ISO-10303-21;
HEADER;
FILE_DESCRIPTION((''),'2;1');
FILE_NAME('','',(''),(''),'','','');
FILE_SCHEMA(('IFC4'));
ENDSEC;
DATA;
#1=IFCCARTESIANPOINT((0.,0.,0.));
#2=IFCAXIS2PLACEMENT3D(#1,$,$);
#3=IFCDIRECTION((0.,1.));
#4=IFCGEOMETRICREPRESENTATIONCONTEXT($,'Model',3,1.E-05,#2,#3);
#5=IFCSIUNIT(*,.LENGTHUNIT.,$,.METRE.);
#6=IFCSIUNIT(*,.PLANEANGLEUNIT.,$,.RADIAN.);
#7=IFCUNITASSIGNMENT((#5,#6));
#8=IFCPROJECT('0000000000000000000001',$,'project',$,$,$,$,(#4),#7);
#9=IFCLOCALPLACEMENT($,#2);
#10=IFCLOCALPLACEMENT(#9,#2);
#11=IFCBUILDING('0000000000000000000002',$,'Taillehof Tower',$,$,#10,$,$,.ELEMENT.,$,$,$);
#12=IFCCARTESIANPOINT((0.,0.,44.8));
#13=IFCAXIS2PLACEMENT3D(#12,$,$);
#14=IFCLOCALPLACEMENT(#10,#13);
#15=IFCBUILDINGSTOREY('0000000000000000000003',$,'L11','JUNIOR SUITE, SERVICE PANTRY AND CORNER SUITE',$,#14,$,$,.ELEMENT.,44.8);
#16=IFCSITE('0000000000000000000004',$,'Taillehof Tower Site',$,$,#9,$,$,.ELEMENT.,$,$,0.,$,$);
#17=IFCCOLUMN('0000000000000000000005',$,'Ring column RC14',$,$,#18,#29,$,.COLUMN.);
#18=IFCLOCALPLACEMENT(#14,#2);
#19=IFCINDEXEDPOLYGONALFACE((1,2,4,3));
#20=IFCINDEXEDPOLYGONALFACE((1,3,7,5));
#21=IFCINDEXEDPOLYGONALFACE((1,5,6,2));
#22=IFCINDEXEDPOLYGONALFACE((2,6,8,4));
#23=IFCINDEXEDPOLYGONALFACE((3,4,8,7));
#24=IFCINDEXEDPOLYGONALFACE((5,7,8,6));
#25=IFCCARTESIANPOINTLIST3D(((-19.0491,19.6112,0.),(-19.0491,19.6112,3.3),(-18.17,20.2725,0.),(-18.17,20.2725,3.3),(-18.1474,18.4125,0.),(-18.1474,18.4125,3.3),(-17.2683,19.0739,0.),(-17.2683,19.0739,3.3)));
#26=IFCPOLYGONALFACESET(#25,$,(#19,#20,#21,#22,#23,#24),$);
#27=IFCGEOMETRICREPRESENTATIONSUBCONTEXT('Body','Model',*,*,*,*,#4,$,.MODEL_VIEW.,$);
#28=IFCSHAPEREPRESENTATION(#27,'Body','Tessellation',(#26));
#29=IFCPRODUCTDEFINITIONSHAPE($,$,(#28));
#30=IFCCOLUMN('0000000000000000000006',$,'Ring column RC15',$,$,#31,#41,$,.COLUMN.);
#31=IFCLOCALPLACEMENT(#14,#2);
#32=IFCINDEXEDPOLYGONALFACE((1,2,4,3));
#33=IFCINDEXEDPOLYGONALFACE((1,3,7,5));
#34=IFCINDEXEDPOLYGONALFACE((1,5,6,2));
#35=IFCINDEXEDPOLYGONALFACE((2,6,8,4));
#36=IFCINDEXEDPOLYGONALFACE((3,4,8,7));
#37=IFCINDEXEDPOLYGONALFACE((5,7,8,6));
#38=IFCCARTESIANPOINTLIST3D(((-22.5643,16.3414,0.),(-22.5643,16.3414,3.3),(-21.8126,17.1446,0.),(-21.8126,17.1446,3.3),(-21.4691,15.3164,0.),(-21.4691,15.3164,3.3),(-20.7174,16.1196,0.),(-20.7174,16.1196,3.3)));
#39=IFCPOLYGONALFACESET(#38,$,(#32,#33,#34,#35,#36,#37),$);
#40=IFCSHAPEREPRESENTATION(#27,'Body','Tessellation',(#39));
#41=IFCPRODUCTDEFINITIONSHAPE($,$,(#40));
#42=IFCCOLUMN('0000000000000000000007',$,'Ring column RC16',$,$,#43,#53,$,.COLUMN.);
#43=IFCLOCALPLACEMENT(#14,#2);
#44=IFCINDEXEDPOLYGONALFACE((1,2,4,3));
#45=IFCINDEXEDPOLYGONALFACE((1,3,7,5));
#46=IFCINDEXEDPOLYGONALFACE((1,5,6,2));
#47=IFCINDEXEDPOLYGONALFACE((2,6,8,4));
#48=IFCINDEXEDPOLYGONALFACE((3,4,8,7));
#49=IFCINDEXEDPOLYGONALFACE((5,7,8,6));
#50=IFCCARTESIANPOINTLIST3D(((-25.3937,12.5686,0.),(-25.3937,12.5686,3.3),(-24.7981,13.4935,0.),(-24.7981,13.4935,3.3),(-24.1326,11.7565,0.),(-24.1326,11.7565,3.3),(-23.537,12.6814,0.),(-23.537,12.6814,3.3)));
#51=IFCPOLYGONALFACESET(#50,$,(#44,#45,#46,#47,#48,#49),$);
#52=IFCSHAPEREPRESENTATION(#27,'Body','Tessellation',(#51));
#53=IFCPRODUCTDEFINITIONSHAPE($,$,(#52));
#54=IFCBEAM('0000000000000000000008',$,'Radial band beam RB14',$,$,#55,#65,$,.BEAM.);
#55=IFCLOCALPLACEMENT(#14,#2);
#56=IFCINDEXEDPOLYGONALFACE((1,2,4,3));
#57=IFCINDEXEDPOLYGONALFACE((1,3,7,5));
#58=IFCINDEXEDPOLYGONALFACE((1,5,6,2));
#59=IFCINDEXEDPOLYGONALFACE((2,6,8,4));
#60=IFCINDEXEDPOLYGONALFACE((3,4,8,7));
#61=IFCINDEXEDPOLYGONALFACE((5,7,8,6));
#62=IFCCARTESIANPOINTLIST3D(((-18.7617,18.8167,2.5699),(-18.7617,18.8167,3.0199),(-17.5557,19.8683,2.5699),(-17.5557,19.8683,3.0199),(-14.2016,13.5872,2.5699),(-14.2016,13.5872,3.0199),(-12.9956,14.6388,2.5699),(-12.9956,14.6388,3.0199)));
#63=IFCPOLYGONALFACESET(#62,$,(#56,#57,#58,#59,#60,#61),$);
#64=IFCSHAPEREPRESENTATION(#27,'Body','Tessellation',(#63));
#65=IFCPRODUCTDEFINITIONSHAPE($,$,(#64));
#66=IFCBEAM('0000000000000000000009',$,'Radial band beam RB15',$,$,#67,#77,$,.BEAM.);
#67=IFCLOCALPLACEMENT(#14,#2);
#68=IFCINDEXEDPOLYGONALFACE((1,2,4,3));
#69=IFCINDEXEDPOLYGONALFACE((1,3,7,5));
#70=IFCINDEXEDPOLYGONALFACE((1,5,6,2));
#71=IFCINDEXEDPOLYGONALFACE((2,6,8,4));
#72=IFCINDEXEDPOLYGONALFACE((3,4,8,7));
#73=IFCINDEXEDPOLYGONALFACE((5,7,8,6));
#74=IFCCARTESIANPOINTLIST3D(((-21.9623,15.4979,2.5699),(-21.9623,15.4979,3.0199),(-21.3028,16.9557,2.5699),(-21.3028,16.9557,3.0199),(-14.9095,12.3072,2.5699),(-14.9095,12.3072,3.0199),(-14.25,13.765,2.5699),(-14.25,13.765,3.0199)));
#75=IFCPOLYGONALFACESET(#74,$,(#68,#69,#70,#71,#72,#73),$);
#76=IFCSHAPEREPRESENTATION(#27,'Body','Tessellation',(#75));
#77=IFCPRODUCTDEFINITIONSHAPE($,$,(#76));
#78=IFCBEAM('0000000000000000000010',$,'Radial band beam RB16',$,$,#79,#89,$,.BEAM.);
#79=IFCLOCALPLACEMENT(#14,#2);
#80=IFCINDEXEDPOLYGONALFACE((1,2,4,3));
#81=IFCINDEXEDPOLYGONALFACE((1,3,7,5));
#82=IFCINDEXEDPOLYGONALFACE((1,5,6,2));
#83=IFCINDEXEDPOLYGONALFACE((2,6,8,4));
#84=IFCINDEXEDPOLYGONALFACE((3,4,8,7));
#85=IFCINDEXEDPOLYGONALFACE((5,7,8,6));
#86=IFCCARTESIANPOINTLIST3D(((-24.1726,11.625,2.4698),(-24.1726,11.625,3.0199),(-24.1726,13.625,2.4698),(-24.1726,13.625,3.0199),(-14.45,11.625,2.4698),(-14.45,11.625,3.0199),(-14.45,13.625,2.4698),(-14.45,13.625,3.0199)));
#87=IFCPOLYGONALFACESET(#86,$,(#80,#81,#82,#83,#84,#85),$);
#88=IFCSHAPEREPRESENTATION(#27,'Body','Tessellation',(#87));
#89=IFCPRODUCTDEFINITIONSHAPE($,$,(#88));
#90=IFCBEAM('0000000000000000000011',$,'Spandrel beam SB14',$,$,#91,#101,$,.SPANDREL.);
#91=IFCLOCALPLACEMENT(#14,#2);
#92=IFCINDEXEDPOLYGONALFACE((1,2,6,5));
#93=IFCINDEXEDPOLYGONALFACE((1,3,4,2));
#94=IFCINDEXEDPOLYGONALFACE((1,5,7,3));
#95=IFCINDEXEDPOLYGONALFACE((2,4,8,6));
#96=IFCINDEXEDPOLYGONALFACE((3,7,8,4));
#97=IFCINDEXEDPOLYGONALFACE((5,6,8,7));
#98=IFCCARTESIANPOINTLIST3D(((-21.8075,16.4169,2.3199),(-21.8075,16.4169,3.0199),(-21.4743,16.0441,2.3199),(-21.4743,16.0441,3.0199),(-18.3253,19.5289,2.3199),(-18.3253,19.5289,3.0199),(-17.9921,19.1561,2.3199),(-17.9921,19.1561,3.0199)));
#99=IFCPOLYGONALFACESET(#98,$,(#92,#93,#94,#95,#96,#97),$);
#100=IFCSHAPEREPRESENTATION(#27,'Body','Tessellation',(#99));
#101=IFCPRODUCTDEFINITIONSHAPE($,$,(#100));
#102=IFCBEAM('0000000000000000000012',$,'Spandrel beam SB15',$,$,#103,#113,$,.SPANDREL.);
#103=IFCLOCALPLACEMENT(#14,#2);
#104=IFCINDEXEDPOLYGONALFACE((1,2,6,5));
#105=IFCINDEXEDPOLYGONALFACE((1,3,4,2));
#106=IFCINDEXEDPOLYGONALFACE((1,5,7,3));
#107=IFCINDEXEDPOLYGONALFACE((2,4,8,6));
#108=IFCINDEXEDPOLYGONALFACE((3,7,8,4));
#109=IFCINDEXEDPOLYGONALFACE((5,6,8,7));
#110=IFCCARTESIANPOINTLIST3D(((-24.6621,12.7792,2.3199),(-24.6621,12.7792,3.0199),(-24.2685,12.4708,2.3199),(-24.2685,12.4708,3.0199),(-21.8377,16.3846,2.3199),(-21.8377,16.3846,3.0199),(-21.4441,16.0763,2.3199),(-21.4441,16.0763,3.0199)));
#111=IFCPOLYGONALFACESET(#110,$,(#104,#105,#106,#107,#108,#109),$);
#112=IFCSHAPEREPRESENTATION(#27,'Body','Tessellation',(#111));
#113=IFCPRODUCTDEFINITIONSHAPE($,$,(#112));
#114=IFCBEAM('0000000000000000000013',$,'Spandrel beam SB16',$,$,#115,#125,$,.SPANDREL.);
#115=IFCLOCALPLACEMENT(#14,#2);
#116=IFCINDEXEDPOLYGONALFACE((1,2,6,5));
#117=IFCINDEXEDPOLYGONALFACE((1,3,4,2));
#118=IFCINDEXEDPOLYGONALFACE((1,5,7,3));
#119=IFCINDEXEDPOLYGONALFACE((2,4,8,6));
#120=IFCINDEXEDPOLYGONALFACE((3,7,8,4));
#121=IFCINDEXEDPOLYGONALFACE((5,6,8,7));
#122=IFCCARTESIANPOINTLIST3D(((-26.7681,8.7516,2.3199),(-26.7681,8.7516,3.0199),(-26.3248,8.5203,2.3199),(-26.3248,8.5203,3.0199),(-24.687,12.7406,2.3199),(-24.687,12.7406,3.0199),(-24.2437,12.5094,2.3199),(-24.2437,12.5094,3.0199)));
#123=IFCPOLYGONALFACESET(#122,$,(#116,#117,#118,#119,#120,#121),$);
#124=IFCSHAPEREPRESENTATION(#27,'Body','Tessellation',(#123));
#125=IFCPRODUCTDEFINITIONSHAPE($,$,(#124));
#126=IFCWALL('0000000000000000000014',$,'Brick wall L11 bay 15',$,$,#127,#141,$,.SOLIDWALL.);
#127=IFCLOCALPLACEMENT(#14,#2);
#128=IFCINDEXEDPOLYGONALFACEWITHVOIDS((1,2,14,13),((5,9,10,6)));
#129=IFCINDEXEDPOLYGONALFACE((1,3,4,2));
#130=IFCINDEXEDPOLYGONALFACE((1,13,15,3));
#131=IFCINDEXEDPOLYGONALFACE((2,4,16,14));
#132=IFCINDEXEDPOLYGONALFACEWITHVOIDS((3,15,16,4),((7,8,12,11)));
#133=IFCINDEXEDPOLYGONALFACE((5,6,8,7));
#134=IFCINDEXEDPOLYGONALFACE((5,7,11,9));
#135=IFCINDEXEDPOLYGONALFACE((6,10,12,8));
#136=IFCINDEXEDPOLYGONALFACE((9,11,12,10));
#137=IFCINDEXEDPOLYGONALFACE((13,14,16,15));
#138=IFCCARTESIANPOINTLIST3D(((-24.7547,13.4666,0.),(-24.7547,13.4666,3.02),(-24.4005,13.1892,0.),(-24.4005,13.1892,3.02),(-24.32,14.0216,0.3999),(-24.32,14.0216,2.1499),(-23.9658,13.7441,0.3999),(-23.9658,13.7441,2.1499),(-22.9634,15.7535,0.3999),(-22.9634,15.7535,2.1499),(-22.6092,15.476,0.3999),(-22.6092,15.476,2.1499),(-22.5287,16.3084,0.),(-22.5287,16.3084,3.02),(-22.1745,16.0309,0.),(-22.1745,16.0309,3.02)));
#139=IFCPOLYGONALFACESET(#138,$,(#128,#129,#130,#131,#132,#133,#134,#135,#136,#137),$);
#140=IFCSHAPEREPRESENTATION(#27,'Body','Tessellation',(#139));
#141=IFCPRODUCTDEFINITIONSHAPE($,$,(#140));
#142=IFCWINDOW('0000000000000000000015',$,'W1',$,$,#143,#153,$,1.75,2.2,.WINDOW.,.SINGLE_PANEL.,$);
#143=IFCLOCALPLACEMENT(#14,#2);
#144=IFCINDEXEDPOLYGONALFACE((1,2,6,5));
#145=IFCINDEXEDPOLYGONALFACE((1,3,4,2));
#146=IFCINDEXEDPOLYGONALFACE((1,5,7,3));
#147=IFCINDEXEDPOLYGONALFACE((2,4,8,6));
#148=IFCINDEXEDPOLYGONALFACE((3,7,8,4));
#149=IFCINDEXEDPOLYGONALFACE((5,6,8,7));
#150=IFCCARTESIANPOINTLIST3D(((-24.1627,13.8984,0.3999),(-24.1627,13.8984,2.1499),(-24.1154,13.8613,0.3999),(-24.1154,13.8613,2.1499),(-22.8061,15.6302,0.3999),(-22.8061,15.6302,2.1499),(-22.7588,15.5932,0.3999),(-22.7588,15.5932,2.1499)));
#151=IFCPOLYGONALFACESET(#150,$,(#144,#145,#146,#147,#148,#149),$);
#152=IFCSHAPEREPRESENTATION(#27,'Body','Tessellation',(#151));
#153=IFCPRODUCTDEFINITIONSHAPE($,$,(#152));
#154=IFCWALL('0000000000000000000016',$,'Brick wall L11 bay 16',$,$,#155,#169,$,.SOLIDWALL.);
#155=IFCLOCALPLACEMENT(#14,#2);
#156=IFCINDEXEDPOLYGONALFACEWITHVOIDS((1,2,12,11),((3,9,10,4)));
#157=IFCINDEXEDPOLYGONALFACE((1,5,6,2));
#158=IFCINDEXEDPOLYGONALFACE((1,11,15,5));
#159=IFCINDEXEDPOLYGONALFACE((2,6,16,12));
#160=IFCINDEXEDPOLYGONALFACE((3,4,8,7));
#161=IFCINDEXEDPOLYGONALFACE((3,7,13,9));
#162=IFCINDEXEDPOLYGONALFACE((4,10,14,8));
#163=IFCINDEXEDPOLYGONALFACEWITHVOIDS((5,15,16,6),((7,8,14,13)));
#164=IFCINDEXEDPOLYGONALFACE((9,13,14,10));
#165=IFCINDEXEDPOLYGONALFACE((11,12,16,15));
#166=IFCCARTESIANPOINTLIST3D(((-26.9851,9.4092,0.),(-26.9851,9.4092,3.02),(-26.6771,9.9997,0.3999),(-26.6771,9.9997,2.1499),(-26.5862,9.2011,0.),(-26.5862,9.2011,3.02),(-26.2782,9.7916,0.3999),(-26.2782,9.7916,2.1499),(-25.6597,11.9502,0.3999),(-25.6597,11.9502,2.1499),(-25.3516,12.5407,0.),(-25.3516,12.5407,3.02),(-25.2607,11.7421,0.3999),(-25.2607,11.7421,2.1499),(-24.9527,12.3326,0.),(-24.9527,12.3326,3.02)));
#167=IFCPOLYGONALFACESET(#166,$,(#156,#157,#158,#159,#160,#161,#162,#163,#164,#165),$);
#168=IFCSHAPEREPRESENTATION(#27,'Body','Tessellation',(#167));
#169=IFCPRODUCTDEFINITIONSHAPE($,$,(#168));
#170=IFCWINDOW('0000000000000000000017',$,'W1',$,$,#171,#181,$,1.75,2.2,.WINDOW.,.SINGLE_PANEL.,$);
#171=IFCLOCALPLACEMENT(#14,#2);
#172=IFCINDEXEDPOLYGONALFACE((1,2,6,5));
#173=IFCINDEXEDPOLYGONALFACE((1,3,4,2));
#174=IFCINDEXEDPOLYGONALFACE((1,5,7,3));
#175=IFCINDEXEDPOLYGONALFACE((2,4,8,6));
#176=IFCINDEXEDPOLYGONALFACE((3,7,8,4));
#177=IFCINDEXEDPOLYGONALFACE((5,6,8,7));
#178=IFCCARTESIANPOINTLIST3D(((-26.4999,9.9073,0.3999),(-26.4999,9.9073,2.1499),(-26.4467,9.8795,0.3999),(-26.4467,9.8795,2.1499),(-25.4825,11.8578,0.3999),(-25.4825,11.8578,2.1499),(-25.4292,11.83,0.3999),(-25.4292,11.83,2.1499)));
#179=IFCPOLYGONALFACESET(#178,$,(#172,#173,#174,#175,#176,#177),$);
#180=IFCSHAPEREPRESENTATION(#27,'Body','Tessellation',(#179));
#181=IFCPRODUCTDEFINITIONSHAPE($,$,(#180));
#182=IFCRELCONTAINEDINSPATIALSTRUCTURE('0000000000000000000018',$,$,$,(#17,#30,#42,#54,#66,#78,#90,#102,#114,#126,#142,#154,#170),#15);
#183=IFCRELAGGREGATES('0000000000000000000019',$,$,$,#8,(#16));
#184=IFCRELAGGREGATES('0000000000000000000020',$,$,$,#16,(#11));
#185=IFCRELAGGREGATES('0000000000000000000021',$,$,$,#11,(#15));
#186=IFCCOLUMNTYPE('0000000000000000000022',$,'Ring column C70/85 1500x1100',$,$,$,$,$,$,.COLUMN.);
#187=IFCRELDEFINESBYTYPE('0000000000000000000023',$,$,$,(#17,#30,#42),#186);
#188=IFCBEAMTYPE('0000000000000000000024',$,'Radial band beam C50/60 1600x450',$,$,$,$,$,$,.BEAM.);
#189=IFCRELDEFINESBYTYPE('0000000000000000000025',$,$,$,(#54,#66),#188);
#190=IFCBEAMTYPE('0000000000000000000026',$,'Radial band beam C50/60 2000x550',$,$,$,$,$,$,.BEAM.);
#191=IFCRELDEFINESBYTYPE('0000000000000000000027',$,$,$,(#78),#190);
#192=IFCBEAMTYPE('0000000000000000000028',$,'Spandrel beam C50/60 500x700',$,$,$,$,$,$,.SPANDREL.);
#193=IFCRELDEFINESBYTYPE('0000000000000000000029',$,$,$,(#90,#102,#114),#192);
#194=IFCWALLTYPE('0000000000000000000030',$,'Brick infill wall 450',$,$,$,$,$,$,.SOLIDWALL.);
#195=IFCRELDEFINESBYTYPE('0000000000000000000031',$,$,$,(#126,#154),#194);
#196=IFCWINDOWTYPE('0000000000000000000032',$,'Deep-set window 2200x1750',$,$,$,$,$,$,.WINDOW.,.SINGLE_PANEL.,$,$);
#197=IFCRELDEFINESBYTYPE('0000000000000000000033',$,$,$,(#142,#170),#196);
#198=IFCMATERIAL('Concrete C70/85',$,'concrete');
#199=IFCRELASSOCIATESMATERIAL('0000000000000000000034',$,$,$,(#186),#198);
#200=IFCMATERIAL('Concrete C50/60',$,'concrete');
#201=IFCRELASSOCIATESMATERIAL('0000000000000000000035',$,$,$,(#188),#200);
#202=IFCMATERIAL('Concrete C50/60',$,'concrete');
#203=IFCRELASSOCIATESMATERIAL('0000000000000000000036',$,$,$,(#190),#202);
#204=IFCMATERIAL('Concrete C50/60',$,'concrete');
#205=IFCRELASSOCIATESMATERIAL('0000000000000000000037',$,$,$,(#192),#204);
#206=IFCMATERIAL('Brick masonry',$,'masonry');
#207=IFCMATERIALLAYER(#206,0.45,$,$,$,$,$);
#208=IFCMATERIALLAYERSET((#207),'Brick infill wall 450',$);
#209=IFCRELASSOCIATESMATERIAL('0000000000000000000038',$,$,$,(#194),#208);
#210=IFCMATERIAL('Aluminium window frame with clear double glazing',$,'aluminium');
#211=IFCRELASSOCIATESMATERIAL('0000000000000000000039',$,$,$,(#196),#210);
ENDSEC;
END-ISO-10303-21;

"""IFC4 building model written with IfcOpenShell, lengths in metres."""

from ifc_helpers import new_model, si_unit, direction, frame, frame_2d, origin, origin_2d, place, context, subcontext, project, spatial, rectangle, extrude, material, layer, layer_set, material_profile, profile_set, type_object, element, fill, save


model = new_model("IFC4")

# Units and contexts
model_context = context("Model", 3, precision=1e-05, world=origin(), true_north=direction((0.0, 1.0)))
body_context = subcontext(model_context, "Body", "Model", "MODEL_VIEW")
ifc_project = project(units=[si_unit("LENGTHUNIT", "METRE"), si_unit("PLANEANGLEUNIT", "RADIAN")], contexts=[model_context])

# Site, building, storey
site_placement = place(None, origin())
site = spatial("IfcSite", under=ifc_project, at=site_placement, Name="Taillehof Tower Site", CompositionType="ELEMENT", RefElevation=0.0)
building_placement = place(site_placement, origin())
building = spatial("IfcBuilding", under=site, at=building_placement, Name="Taillehof Tower", CompositionType="ELEMENT")
storey_placement = place(building_placement, frame((0.0, 0.0, 44.8)))
storey = spatial("IfcBuildingStorey", under=building, at=storey_placement, Name="L11", Description="JUNIOR SUITE, SERVICE PANTRY AND CORNER SUITE", CompositionType="ELEMENT", Elevation=44.8)

# Columns
ifc_material_1 = material(Name="Concrete C70/85", Category="concrete")
ifc_material_profile_1 = material_profile(ifc_material_1, rectangle(XDim=1.5, YDim=1.1001, at=origin_2d()), Name="RC 1500x1100")
ifc_profile_set_1 = profile_set([ifc_material_profile_1], Name="Concrete C70/85")
column_type = type_object("IfcColumnType", Name="Ring column C70/85 1500x1100", PredefinedType="COLUMN", material=ifc_profile_set_1)
for number, where, z_axis, x_axis, name in (
    (1, (-18.1587, 19.3425, 0.0), (0.0, 0.0, 1.0), (-0.601174, 0.799118, 0.0), "Ring column RC14"),
    (2, (-21.6409, 16.2305, 0.0), (0.0, 0.0, 1.0), (-0.730113, 0.683326, 0.0), "Ring column RC15"),
    (3, (-24.4653, 12.625, 0.0), (0.0, 0.0, 1.0), (-0.840754, 0.541418, 0.0), "Ring column RC16"),
):
    element("IfcColumn", number, at=place(storey_placement, frame(where, z_axis=z_axis, x_axis=x_axis)), inside=storey, type_object=column_type, Name=name, PredefinedType="COLUMN", context=body_context, shape_type="SweptSolid", body=[
        extrude(rectangle(XDim=1.5, YDim=1.1001, at=origin_2d()), origin(), (0.0, 0.0, 1.0), 3.3),
    ])

# Beams
ifc_material_2 = material(Name="Concrete C50/60", Category="concrete")
ifc_material_profile_2 = material_profile(ifc_material_2, rectangle(XDim=1.6001, YDim=0.45, at=origin_2d()), Name="RC 1600x450")
ifc_profile_set_2 = profile_set([ifc_material_profile_2], Name="Concrete C50/60")
beam_type_1 = type_object("IfcBeamType", Name="Radial band beam C50/60 1600x450", PredefinedType="BEAM", material=ifc_profile_set_2)
beam_1_placement = place(storey_placement, frame((-18.1587, 19.3425, 2.7949), z_axis=(0.657218, -0.7537, 0.0), x_axis=(0.7537, 0.657218, 0.0)))
element("IfcBeam", 4, at=beam_1_placement, inside=storey, type_object=beam_type_1, Name="Radial band beam RB14", PredefinedType="BEAM", context=body_context, shape_type="SweptSolid", body=[
    extrude(rectangle(XDim=1.6001, YDim=0.45, at=origin_2d()), origin(), (0.0, 0.0, 1.0), 6.9385),
])
beam_2_placement = place(storey_placement, frame((-21.6326, 16.2268, 2.7949), z_axis=(0.911101, -0.412184, 0.0), x_axis=(0.412184, 0.911101, 0.0)))
element("IfcBeam", 5, at=beam_2_placement, inside=storey, type_object=beam_type_1, Name="Radial band beam RB15", PredefinedType="BEAM", context=body_context, shape_type="SweptSolid", body=[
    extrude(rectangle(XDim=1.6001, YDim=0.45, at=origin_2d()), origin(), (0.0, 0.0, 1.0), 7.741),
])
ifc_material_3 = material(Name="Concrete C50/60", Category="concrete")
ifc_material_profile_3 = material_profile(ifc_material_3, rectangle(XDim=2.0, YDim=0.55, at=origin_2d()), Name="RC 2000x550")
ifc_profile_set_3 = profile_set([ifc_material_profile_3], Name="Concrete C50/60")
beam_type_2 = type_object("IfcBeamType", Name="Radial band beam C50/60 2000x550", PredefinedType="BEAM", material=ifc_profile_set_3)
beam_3_placement = place(storey_placement, frame((-24.1726, 12.625, 2.7449), z_axis=(1.0, 0.0, 0.0), x_axis=(0.0, 1.0, 0.0)))
element("IfcBeam", 6, at=beam_3_placement, inside=storey, type_object=beam_type_2, Name="Radial band beam RB16", PredefinedType="BEAM", context=body_context, shape_type="SweptSolid", body=[
    extrude(rectangle(XDim=2.0, YDim=0.55, at=origin_2d()), origin(), (0.0, 0.0, 1.0), 9.7227),
])
ifc_material_4 = material(Name="Concrete C50/60", Category="concrete")
ifc_material_profile_4 = material_profile(ifc_material_4, rectangle(XDim=0.5, YDim=0.7, at=origin_2d()), Name="RC 500x700")
ifc_profile_set_4 = profile_set([ifc_material_profile_4], Name="Concrete C50/60")
beam_type_3 = type_object("IfcBeamType", Name="Spandrel beam C50/60 500x700", PredefinedType="SPANDREL", material=ifc_profile_set_4)
beam_4_placement = place(storey_placement, frame((-18.1587, 19.3425, 2.6699), z_axis=(-0.745621, -0.66637, 0.0), x_axis=(0.66637, -0.745621, 0.0)))
element("IfcBeam", 7, at=beam_4_placement, inside=storey, type_object=beam_type_3, Name="Spandrel beam SB14", PredefinedType="SPANDREL", context=body_context, shape_type="SweptSolid", body=[
    extrude(rectangle(XDim=0.5, YDim=0.7, at=origin_2d()), origin(), (0.0, 0.0, 1.0), 4.6702),
])
beam_5_placement = place(storey_placement, frame((-21.6409, 16.2305, 2.6699), z_axis=(-0.616686, -0.787209, 0.0), x_axis=(0.787209, -0.616686, 0.0)))
element("IfcBeam", 8, at=beam_5_placement, inside=storey, type_object=beam_type_3, Name="Spandrel beam SB15", PredefinedType="SPANDREL", context=body_context, shape_type="SweptSolid", body=[
    extrude(rectangle(XDim=0.5, YDim=0.7, at=origin_2d()), origin(), (0.0, 0.0, 1.0), 4.5801),
])
beam_6_placement = place(storey_placement, frame((-24.4653, 12.625, 2.6699), z_axis=(-0.462536, -0.8866, 0.0), x_axis=(0.8866, -0.462536, 0.0)))
element("IfcBeam", 9, at=beam_6_placement, inside=storey, type_object=beam_type_3, Name="Spandrel beam SB16", PredefinedType="SPANDREL", context=body_context, shape_type="SweptSolid", body=[
    extrude(rectangle(XDim=0.5, YDim=0.7, at=origin_2d()), origin(), (0.0, 0.0, 1.0), 4.4993),
])

# Walls, openings, windows
ifc_material_5 = material(Name="Brick masonry", Category="masonry")
ifc_layer_1 = layer(ifc_material_5, 0.45)
ifc_layer_set_1 = layer_set([ifc_layer_1], Name="Brick infill wall 450")
wall_type_1 = type_object("IfcWallType", Name="Brick infill wall 450", PredefinedType="SOLIDWALL", material=ifc_layer_set_1)
wall_1_placement = place(storey_placement, frame((-22.3516, 16.1697, 0.0), z_axis=(0.0, 0.0, 1.0), x_axis=(-0.616662, -0.787228, 0.0)))
wall_1 = element("IfcWall", 10, at=wall_1_placement, inside=storey, type_object=wall_type_1, Name="Brick wall L11 bay 15", PredefinedType="SOLIDWALL", context=body_context, shape_type="SweptSolid", body=[
    extrude(rectangle(XDim=3.6099, YDim=0.45, at=frame_2d((1.8049, 0.0))), origin(), (0.0, 0.0, 1.0), 3.02),
])
opening_1_placement = place(wall_1_placement, frame((0.7048, 0.0, 0.3999)))
opening_1 = element("IfcOpeningElement", 11, at=opening_1_placement, cuts=wall_1, PredefinedType="OPENING", context=body_context, shape_type="SweptSolid", body=[
    extrude(rectangle(XDim=2.2, YDim=1.75, at=frame_2d((1.1001, 0.875))), frame((0.0, 0.2349, 0.0), z_axis=(0.0, -1.0, 0.0), x_axis=(1.0, 0.0, 0.0)), (0.0, 0.0, 1.0), 0.47),
])
ifc_material_6 = material(Name="Aluminium window frame with clear double glazing", Category="aluminium")
window_type_1 = type_object("IfcWindowType", Name="Deep-set window 2200x1750", PartitioningType="SINGLE_PANEL", PredefinedType="WINDOW", material=ifc_material_6)
window_1_placement = place(opening_1_placement, origin())
window_1 = element("IfcWindow", 12, at=window_1_placement, inside=storey, type_object=window_type_1, Name="W1", OverallHeight=1.75, OverallWidth=2.2, PartitioningType="SINGLE_PANEL", PredefinedType="WINDOW", context=body_context, shape_type="SweptSolid", body=[
    extrude(rectangle(XDim=2.2, YDim=1.75, at=frame_2d((1.1001, 0.875))), frame((0.0, 0.0349, 0.0), z_axis=(0.0, -1.0, 0.0), x_axis=(1.0, 0.0, 0.0)), (0.0, 0.0, 1.0), 0.0601),
])
fill(opening_1, window_1)
wall_2_placement = place(storey_placement, frame((-25.1521, 12.4368, 0.0), z_axis=(0.0, 0.0, 1.0), x_axis=(-0.462493, -0.886623, 0.0)))
wall_2 = element("IfcWall", 13, at=wall_2_placement, inside=storey, type_object=wall_type_1, Name="Brick wall L11 bay 16", PredefinedType="SOLIDWALL", context=body_context, shape_type="SweptSolid", body=[
    extrude(rectangle(XDim=3.532, YDim=0.45, at=frame_2d((1.7661, 0.0))), origin(), (0.0, 0.0, 1.0), 3.02),
])
opening_2_placement = place(wall_2_placement, frame((0.666, 0.0, 0.3999)))
opening_2 = element("IfcOpeningElement", 14, at=opening_2_placement, cuts=wall_2, PredefinedType="OPENING", context=body_context, shape_type="SweptSolid", body=[
    extrude(rectangle(XDim=2.2, YDim=1.75, at=frame_2d((1.1001, 0.875))), frame((0.0, 0.2349, 0.0), z_axis=(0.0, -1.0, 0.0), x_axis=(1.0, 0.0, 0.0)), (0.0, 0.0, 1.0), 0.47),
])
window_2_placement = place(opening_2_placement, origin())
window_2 = element("IfcWindow", 15, at=window_2_placement, inside=storey, type_object=window_type_1, Name="W1", OverallHeight=1.75, OverallWidth=2.2, PartitioningType="SINGLE_PANEL", PredefinedType="WINDOW", context=body_context, shape_type="SweptSolid", body=[
    extrude(rectangle(XDim=2.2, YDim=1.75, at=frame_2d((1.1001, 0.875))), frame((0.0, 0.0349, 0.0), z_axis=(0.0, -1.0, 0.0), x_axis=(1.0, 0.0, 0.0)), (0.0, 0.0, 1.0), 0.0601),
])
fill(opening_2, window_2)

save(model, "model.ifc")
